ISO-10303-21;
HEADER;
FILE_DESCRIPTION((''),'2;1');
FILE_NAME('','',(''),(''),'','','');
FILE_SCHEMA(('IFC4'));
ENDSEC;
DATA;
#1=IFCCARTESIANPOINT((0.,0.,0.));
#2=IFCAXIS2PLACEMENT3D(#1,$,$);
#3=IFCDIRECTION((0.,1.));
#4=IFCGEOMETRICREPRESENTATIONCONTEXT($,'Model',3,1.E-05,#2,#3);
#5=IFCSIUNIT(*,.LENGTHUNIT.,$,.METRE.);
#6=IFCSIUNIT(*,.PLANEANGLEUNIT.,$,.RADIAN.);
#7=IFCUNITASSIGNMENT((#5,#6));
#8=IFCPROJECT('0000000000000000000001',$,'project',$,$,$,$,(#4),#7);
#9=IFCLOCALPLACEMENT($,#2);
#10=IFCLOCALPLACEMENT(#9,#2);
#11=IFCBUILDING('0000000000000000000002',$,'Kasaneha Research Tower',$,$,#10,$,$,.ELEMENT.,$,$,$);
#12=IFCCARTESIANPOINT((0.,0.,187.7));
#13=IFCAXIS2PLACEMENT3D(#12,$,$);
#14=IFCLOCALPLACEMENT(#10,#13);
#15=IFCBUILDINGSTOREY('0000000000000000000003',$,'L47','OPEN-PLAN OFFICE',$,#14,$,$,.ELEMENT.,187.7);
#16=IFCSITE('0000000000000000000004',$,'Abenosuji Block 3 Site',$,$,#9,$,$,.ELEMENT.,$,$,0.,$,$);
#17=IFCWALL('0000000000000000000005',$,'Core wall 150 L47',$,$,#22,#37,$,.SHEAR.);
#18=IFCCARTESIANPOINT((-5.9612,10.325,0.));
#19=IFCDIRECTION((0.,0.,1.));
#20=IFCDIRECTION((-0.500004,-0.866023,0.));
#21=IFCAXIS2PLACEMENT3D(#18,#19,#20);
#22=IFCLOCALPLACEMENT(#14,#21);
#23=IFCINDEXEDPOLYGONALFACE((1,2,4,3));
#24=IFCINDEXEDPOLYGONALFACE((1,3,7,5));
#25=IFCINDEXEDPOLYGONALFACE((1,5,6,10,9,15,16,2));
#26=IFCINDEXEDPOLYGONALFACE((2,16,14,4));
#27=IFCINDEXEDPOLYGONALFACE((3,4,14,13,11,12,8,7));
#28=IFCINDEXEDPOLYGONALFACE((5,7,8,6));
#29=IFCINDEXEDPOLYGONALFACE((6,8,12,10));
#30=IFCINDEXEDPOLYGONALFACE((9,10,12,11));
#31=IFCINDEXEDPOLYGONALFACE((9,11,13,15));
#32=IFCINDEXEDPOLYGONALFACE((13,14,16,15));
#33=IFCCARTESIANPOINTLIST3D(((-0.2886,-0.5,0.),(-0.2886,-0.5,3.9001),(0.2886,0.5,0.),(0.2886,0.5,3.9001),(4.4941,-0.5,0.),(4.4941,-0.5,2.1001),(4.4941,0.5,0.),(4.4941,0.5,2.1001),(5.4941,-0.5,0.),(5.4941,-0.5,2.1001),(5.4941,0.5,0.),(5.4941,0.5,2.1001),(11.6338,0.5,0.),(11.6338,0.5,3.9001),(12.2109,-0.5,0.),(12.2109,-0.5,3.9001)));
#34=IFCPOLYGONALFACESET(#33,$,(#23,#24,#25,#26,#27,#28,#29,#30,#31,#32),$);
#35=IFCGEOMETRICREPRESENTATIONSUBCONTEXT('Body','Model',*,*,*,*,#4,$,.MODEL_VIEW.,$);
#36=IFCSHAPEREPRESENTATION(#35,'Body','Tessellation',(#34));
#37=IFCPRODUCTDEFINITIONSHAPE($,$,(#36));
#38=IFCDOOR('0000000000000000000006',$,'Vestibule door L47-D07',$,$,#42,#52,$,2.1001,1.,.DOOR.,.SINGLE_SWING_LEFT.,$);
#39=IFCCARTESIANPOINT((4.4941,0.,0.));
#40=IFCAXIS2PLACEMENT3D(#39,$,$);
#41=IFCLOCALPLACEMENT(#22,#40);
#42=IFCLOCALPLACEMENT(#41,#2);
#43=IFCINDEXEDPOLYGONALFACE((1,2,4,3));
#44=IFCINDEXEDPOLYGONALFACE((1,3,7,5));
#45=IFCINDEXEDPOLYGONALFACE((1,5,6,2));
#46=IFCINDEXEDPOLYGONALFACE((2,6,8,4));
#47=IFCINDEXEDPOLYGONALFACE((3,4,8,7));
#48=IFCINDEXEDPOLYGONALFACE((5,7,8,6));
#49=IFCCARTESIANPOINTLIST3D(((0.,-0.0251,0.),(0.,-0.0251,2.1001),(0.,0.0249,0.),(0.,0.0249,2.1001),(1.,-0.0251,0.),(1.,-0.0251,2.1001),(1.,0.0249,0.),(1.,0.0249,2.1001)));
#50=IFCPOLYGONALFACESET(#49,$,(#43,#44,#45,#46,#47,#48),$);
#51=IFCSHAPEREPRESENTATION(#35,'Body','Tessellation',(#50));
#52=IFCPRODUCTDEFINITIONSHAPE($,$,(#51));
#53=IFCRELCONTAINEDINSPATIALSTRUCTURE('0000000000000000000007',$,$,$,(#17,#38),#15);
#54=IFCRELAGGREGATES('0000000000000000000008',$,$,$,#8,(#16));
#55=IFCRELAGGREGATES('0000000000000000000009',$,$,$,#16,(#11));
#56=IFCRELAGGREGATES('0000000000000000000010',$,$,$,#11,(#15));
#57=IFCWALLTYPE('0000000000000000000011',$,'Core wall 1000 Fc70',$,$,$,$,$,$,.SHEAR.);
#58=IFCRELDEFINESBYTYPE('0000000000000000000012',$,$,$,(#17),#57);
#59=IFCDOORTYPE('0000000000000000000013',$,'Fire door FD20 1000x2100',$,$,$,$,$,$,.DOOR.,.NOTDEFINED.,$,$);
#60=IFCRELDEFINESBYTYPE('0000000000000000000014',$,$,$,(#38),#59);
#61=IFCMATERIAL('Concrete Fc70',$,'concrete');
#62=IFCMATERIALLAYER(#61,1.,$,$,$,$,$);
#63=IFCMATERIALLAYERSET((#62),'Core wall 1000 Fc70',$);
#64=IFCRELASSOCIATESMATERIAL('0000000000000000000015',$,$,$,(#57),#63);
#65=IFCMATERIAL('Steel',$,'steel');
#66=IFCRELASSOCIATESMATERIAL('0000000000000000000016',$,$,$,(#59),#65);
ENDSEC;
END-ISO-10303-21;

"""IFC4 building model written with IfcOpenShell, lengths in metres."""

from ifc_helpers import new_model, si_unit, direction, frame, frame_2d, origin, place, context, subcontext, project, spatial, polyline, rectangle, outline, extrude, material, layer, layer_set, type_object, element, fill, save


model = new_model("IFC4")

# Units and contexts
model_context = context("Model", 3, precision=1e-05, world=origin(), true_north=direction((0.0, 1.0)))
body_context = subcontext(model_context, "Body", "Model", "MODEL_VIEW")
ifc_project = project(units=[si_unit("LENGTHUNIT", "METRE"), si_unit("PLANEANGLEUNIT", "RADIAN")], contexts=[model_context])

# Site, building, storey
site_placement = place(None, origin())
site = spatial("IfcSite", under=ifc_project, at=site_placement, Name="Abenosuji Block 3 Site", CompositionType="ELEMENT", RefElevation=0.0)
building_placement = place(site_placement, origin())
building = spatial("IfcBuilding", under=site, at=building_placement, Name="Kasaneha Research Tower", CompositionType="ELEMENT")
storey_placement = place(building_placement, frame((0.0, 0.0, 187.7)))
storey = spatial("IfcBuildingStorey", under=building, at=storey_placement, Name="L47", Description="OPEN-PLAN OFFICE", CompositionType="ELEMENT", Elevation=187.7)

# Wall, opening, door
ifc_material_1 = material(Name="Concrete Fc70", Category="concrete")
ifc_layer_1 = layer(ifc_material_1, 1.0)
ifc_layer_set_1 = layer_set([ifc_layer_1], Name="Core wall 1000 Fc70")
wall_type_1 = type_object("IfcWallType", Name="Core wall 1000 Fc70", PredefinedType="SHEAR", material=ifc_layer_set_1)
wall_1_placement = place(storey_placement, frame((-5.9612, 10.325, 0.0), z_axis=(0.0, 0.0, 1.0), x_axis=(-0.500004, -0.866023, 0.0)))
wall_1 = element("IfcWall", 1, at=wall_1_placement, inside=storey, type_object=wall_type_1, Name="Core wall 150 L47", PredefinedType="SHEAR", context=body_context, shape_type="SweptSolid", body=[
    extrude(outline(polyline([(-0.2886, -0.5), (4.4941, -0.5), (5.4941, -0.5), (12.2109, -0.5), (11.6338, 0.5), (5.4941, 0.5), (4.4941, 0.5), (0.2886, 0.5), (-0.2886, -0.5)])), origin(), (0.0, 0.0, 1.0), 3.9001),
])
opening_1_placement = place(wall_1_placement, frame((4.4941, 0.0, 0.0)))
opening_1 = element("IfcOpeningElement", 2, at=opening_1_placement, cuts=wall_1, PredefinedType="OPENING", context=body_context, shape_type="SweptSolid", body=[
    extrude(rectangle(XDim=1.0, YDim=2.1001, at=frame_2d((0.5, 1.05))), frame((0.0, 0.51, 0.0), z_axis=(0.0, -1.0, 0.0), x_axis=(1.0, 0.0, 0.0)), (0.0, 0.0, 1.0), 1.02),
])
ifc_material_2 = material(Name="Steel", Category="steel")
door_type_1 = type_object("IfcDoorType", Name="Fire door FD20 1000x2100", OperationType="NOTDEFINED", PredefinedType="DOOR", material=ifc_material_2)
door_1_placement = place(opening_1_placement, origin())
door_1 = element("IfcDoor", 3, at=door_1_placement, inside=storey, type_object=door_type_1, Name="Vestibule door L47-D07", OperationType="SINGLE_SWING_LEFT", OverallHeight=2.1001, OverallWidth=1.0, PredefinedType="DOOR", context=body_context, shape_type="SweptSolid", body=[
    extrude(rectangle(XDim=1.0, YDim=2.1001, at=frame_2d((0.5, 1.05))), frame((0.0, 0.0249, 0.0), z_axis=(0.0, -1.0, 0.0), x_axis=(1.0, 0.0, 0.0)), (0.0, 0.0, 1.0), 0.05),
])
fill(opening_1, door_1)

save(model, "model.ifc")
